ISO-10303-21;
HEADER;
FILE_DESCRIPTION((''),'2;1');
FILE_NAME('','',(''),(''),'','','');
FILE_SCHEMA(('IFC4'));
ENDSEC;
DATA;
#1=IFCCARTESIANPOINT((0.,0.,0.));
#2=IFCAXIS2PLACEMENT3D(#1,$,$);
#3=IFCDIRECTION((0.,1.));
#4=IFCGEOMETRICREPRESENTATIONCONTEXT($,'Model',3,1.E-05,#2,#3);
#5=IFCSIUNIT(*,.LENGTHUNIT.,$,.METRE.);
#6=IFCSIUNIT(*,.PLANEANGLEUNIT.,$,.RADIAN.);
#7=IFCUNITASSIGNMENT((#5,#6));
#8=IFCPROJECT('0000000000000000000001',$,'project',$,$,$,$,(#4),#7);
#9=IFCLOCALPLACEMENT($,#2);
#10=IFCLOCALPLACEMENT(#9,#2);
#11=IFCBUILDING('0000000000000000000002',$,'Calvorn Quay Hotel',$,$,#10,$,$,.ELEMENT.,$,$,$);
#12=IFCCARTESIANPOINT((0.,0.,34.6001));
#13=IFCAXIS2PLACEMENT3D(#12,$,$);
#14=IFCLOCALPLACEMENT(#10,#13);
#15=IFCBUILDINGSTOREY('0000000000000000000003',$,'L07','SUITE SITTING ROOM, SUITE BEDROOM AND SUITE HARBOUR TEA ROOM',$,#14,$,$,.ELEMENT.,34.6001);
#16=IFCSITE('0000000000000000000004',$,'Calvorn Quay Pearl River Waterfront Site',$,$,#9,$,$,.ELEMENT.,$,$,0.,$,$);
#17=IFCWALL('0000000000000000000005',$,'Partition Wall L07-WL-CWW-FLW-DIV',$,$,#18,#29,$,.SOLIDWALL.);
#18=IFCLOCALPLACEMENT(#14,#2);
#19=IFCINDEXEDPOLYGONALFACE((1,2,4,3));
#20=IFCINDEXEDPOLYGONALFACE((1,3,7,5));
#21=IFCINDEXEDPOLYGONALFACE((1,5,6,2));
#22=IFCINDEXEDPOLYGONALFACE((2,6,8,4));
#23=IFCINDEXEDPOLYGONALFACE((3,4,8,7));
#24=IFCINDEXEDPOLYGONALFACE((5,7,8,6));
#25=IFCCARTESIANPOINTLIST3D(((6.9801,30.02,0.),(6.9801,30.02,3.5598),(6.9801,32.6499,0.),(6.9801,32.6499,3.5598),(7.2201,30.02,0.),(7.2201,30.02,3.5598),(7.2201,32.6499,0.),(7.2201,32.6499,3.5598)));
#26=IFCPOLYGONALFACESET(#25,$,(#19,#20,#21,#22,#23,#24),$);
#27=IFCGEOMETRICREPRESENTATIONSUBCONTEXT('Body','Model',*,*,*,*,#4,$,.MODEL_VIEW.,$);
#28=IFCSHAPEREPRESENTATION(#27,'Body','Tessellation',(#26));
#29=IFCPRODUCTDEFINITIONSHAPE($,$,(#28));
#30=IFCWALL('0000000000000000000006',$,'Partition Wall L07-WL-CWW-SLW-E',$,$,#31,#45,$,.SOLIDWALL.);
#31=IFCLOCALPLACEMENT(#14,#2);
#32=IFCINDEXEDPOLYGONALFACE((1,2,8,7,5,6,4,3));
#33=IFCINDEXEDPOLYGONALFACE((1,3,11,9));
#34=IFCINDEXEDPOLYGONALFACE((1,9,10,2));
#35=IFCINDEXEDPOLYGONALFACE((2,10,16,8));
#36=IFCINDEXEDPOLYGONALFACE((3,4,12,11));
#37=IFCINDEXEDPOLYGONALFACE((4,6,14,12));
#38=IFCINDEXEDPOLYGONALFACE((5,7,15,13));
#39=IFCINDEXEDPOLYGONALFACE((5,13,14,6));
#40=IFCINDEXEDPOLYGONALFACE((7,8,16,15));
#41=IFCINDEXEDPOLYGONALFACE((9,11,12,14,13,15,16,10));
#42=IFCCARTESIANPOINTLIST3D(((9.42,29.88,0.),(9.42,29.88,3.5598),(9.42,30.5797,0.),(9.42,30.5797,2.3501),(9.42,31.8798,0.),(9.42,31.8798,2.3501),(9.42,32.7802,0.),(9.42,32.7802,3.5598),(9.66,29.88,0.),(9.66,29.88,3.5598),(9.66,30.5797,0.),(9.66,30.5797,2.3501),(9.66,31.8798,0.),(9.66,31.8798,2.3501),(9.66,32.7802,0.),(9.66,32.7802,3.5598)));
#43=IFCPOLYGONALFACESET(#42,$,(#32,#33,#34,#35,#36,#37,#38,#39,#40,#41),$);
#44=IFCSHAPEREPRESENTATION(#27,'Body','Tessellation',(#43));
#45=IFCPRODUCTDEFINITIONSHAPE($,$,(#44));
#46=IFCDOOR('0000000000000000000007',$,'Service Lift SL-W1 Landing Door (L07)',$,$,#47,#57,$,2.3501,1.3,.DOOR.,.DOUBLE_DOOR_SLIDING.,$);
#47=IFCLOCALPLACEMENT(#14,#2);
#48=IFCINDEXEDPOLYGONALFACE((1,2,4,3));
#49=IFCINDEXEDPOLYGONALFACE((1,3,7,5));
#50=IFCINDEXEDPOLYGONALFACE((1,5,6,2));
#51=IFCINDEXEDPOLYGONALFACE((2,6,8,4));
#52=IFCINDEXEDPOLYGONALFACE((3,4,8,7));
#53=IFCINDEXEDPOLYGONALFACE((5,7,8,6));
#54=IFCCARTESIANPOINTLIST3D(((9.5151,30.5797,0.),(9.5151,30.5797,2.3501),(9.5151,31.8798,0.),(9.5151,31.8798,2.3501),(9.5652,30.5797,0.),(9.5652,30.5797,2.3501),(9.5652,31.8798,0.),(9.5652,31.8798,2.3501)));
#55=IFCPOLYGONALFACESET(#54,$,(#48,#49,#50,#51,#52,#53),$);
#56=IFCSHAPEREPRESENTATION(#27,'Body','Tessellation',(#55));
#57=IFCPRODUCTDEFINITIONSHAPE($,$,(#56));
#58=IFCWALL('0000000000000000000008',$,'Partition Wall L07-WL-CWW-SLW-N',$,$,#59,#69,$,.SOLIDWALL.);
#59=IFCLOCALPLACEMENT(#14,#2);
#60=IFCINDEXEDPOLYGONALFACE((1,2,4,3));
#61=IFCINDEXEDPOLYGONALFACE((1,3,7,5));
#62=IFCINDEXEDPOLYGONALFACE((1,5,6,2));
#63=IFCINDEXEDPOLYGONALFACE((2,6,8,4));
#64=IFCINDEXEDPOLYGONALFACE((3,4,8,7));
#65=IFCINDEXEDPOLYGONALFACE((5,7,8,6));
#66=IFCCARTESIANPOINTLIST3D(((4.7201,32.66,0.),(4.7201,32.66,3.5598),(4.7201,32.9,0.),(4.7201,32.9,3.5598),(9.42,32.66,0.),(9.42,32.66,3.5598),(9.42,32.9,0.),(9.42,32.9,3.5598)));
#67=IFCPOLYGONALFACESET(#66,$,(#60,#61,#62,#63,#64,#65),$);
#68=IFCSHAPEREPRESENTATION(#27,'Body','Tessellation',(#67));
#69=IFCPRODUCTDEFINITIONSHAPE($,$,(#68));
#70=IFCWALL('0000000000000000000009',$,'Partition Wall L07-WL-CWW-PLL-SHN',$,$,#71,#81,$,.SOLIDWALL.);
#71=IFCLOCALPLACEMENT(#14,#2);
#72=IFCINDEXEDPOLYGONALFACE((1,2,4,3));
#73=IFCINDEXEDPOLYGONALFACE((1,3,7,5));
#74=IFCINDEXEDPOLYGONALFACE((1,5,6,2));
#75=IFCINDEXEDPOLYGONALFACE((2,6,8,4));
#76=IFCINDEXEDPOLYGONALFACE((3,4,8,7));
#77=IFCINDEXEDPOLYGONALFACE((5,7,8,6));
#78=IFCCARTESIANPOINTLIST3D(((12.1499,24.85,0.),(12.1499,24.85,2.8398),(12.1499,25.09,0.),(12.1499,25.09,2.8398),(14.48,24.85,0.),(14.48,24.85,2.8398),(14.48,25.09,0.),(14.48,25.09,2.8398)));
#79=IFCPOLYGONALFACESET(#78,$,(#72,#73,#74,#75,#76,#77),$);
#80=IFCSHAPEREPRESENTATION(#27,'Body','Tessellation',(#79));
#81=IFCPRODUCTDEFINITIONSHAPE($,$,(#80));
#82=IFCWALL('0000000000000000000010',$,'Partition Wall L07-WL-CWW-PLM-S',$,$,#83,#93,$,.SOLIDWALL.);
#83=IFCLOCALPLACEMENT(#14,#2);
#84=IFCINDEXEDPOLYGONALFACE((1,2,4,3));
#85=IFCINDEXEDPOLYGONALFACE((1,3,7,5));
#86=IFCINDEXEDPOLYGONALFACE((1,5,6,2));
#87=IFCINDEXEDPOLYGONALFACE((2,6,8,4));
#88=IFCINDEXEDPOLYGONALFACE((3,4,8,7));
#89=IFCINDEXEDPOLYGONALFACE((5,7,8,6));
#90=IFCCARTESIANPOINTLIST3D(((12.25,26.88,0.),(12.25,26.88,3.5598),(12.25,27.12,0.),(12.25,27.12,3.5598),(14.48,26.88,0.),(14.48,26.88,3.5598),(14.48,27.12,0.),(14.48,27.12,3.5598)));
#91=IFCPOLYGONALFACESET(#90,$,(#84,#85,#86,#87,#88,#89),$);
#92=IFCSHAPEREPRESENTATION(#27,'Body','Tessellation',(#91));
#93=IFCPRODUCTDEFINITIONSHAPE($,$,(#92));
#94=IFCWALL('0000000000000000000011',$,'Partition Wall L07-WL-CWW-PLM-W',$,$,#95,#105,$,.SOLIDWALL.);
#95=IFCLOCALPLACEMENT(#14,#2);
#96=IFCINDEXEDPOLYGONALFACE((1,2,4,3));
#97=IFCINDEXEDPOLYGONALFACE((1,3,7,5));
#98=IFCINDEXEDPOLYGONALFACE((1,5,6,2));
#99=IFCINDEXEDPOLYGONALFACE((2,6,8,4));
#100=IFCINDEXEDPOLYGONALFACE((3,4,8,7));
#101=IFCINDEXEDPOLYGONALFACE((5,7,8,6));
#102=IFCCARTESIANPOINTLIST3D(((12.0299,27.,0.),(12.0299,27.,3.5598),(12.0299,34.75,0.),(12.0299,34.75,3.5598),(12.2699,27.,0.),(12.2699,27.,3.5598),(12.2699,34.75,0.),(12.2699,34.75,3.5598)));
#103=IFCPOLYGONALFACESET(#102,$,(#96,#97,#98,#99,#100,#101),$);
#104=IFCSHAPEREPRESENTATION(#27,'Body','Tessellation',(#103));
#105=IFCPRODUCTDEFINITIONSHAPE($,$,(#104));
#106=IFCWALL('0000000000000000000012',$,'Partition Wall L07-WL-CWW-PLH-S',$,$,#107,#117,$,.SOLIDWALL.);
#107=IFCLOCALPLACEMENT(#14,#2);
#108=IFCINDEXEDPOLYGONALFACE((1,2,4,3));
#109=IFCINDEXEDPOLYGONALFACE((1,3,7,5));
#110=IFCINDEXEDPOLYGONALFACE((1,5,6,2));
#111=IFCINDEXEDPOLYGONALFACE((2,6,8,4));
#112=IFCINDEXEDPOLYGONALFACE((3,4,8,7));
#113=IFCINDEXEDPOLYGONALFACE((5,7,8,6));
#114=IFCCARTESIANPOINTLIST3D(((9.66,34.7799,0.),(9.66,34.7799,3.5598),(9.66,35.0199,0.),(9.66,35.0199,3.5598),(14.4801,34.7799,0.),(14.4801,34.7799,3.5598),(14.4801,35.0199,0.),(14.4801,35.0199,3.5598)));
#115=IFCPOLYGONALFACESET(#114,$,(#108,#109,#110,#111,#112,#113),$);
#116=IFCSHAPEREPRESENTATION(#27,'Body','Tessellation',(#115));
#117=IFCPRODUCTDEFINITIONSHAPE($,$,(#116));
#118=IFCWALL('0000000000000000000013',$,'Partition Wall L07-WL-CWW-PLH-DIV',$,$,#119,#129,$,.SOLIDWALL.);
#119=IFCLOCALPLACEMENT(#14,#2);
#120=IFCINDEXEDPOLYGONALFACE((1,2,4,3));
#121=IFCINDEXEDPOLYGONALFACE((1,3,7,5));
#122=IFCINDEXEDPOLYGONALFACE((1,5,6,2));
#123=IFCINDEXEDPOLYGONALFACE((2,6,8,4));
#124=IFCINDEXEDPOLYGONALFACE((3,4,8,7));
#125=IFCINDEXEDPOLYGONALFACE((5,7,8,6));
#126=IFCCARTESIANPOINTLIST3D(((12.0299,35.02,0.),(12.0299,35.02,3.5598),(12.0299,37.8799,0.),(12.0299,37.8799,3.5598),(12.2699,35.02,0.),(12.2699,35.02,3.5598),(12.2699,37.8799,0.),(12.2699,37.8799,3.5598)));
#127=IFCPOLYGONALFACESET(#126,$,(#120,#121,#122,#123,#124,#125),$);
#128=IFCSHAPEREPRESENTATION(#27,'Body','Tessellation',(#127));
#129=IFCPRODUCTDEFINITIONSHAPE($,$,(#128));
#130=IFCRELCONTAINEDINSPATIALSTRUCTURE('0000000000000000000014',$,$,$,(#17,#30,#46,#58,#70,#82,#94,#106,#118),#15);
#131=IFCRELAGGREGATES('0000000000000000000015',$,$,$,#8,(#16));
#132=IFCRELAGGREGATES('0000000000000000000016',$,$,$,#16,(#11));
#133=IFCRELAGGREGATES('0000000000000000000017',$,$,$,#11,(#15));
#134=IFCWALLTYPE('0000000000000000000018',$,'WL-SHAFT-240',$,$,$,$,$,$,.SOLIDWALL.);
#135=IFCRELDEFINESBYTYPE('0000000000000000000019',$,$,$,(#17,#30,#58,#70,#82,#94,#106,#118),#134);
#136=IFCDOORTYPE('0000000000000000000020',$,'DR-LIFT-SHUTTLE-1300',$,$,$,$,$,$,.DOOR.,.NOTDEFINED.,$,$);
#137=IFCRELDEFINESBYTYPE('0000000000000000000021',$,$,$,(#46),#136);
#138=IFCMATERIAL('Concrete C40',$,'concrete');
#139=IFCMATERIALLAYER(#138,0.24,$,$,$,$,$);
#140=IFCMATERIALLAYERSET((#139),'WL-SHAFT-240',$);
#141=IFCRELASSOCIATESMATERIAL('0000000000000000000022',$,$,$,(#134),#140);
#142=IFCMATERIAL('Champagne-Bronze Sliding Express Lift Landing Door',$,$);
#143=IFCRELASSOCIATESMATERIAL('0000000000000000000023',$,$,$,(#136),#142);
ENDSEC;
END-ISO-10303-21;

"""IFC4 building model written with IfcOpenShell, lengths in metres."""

from ifc_helpers import new_model, si_unit, direction, frame, frame_2d, origin, place, context, subcontext, project, spatial, rectangle, extrude, material, layer, layer_set, type_object, element, fill, save


model = new_model("IFC4")

# Units and contexts
model_context = context("Model", 3, precision=1e-05, world=origin(), true_north=direction((0.0, 1.0)))
body_context = subcontext(model_context, "Body", "Model", "MODEL_VIEW")
ifc_project = project(units=[si_unit("LENGTHUNIT", "METRE"), si_unit("PLANEANGLEUNIT", "RADIAN")], contexts=[model_context])

# Site, building, storey
site_placement = place(None, origin())
site = spatial("IfcSite", under=ifc_project, at=site_placement, Name="Calvorn Quay Pearl River Waterfront Site", CompositionType="ELEMENT", RefElevation=0.0)
building_placement = place(site_placement, origin())
building = spatial("IfcBuilding", under=site, at=building_placement, Name="Calvorn Quay Hotel", CompositionType="ELEMENT")
storey_placement = place(building_placement, frame((0.0, 0.0, 34.6001)))
storey = spatial("IfcBuildingStorey", under=building, at=storey_placement, Name="L07", Description="SUITE SITTING ROOM, SUITE BEDROOM AND SUITE HARBOUR TEA ROOM", CompositionType="ELEMENT", Elevation=34.6001)

# Shared definitions
ifc_material_1 = material(Name="Concrete C40", Category="concrete")
ifc_layer_1 = layer(ifc_material_1, 0.24)
ifc_layer_set_1 = layer_set([ifc_layer_1], Name="WL-SHAFT-240")
wall_type_1 = type_object("IfcWallType", Name="WL-SHAFT-240", PredefinedType="SOLIDWALL", material=ifc_layer_set_1)

# Shared definitions
ifc_material_2 = material(Name="Champagne-Bronze Sliding Express Lift Landing Door")
door_type_1 = type_object("IfcDoorType", Name="DR-LIFT-SHUTTLE-1300", OperationType="NOTDEFINED", PredefinedType="DOOR", material=ifc_material_2)

# Wall
wall_1_placement = place(storey_placement, frame((7.1001, 30.02, 0.0), z_axis=(0.0, 0.0, 1.0), x_axis=(0.0, 1.0, 0.0)))
element("IfcWall", 1, at=wall_1_placement, inside=storey, type_object=wall_type_1, Name="Partition Wall L07-WL-CWW-FLW-DIV", PredefinedType="SOLIDWALL", context=body_context, shape_type="SweptSolid", body=[
    extrude(rectangle(XDim=2.6299, YDim=0.24, at=frame_2d((1.3149, 0.0))), origin(), (0.0, 0.0, 1.0), 3.5598),
])

# Wall, opening, door
wall_2_placement = place(storey_placement, frame((9.54, 29.8799, 0.0), z_axis=(0.0, 0.0, 1.0), x_axis=(0.0, 1.0, 0.0)))
wall_2 = element("IfcWall", 2, at=wall_2_placement, inside=storey, type_object=wall_type_1, Name="Partition Wall L07-WL-CWW-SLW-E", PredefinedType="SOLIDWALL", context=body_context, shape_type="SweptSolid", body=[
    extrude(rectangle(XDim=2.9001, YDim=0.24, at=frame_2d((1.4502, 0.0))), origin(), (0.0, 0.0, 1.0), 3.5598),
])
opening_1_placement = place(wall_2_placement, frame((0.7, 0.0, 0.0)))
opening_1 = element("IfcOpeningElement", 3, at=opening_1_placement, cuts=wall_2, PredefinedType="OPENING", context=body_context, shape_type="SweptSolid", body=[
    extrude(rectangle(XDim=1.3, YDim=2.3501, at=frame_2d((0.6499, 1.175))), frame((0.0, 0.1299, 0.0), z_axis=(0.0, -1.0, 0.0), x_axis=(1.0, 0.0, 0.0)), (0.0, 0.0, 1.0), 0.26),
])
door_1_placement = place(opening_1_placement, origin())
door_1 = element("IfcDoor", 4, at=door_1_placement, inside=storey, type_object=door_type_1, Name="Service Lift SL-W1 Landing Door (L07)", OperationType="DOUBLE_DOOR_SLIDING", OverallHeight=2.3501, OverallWidth=1.3, PredefinedType="DOOR", context=body_context, shape_type="SweptSolid", body=[
    extrude(rectangle(XDim=1.3, YDim=2.3501, at=frame_2d((0.6499, 1.175))), frame((0.0, 0.0249, 0.0), z_axis=(0.0, -1.0, 0.0), x_axis=(1.0, 0.0, 0.0)), (0.0, 0.0, 1.0), 0.05),
])
fill(opening_1, door_1)

# Wall
wall_3_placement = place(storey_placement, frame((4.72, 32.78, 0.0), z_axis=(0.0, 0.0, 1.0), x_axis=(1.0, 0.0, 0.0)))
element("IfcWall", 5, at=wall_3_placement, inside=storey, type_object=wall_type_1, Name="Partition Wall L07-WL-CWW-SLW-N", PredefinedType="SOLIDWALL", context=body_context, shape_type="SweptSolid", body=[
    extrude(rectangle(XDim=4.7, YDim=0.24, at=frame_2d((2.3501, 0.0))), origin(), (0.0, 0.0, 1.0), 3.5598),
])

# Walls
wall_4_placement = place(storey_placement, frame((12.1499, 24.97, 0.0), z_axis=(0.0, 0.0, 1.0), x_axis=(1.0, 0.0, 0.0)))
element("IfcWall", 6, at=wall_4_placement, inside=storey, type_object=wall_type_1, Name="Partition Wall L07-WL-CWW-PLL-SHN", PredefinedType="SOLIDWALL", context=body_context, shape_type="SweptSolid", body=[
    extrude(rectangle(XDim=2.3301, YDim=0.24, at=frame_2d((1.165, 0.0))), origin(), (0.0, 0.0, 1.0), 2.8398),
])
wall_5_placement = place(storey_placement, frame((12.25, 27.0, 0.0), z_axis=(0.0, 0.0, 1.0), x_axis=(1.0, 0.0, 0.0)))
element("IfcWall", 7, at=wall_5_placement, inside=storey, type_object=wall_type_1, Name="Partition Wall L07-WL-CWW-PLM-S", PredefinedType="SOLIDWALL", context=body_context, shape_type="SweptSolid", body=[
    extrude(rectangle(XDim=2.23, YDim=0.24, at=frame_2d((1.115, 0.0))), origin(), (0.0, 0.0, 1.0), 3.5598),
])
wall_6_placement = place(storey_placement, frame((12.1499, 27.0, 0.0), z_axis=(0.0, 0.0, 1.0), x_axis=(0.0, 1.0, 0.0)))
element("IfcWall", 8, at=wall_6_placement, inside=storey, type_object=wall_type_1, Name="Partition Wall L07-WL-CWW-PLM-W", PredefinedType="SOLIDWALL", context=body_context, shape_type="SweptSolid", body=[
    extrude(rectangle(XDim=7.75, YDim=0.24, at=frame_2d((3.875, 0.0))), origin(), (0.0, 0.0, 1.0), 3.5598),
])
wall_7_placement = place(storey_placement, frame((9.6599, 34.8999, 0.0), z_axis=(0.0, 0.0, 1.0), x_axis=(1.0, 0.0, 0.0)))
element("IfcWall", 9, at=wall_7_placement, inside=storey, type_object=wall_type_1, Name="Partition Wall L07-WL-CWW-PLH-S", PredefinedType="SOLIDWALL", context=body_context, shape_type="SweptSolid", body=[
    extrude(rectangle(XDim=4.8201, YDim=0.24, at=frame_2d((2.4102, 0.0))), origin(), (0.0, 0.0, 1.0), 3.5598),
])
wall_8_placement = place(storey_placement, frame((12.1499, 35.02, 0.0), z_axis=(0.0, 0.0, 1.0), x_axis=(0.0, 1.0, 0.0)))
element("IfcWall", 10, at=wall_8_placement, inside=storey, type_object=wall_type_1, Name="Partition Wall L07-WL-CWW-PLH-DIV", PredefinedType="SOLIDWALL", context=body_context, shape_type="SweptSolid", body=[
    extrude(rectangle(XDim=2.8599, YDim=0.24, at=frame_2d((1.4299, 0.0))), origin(), (0.0, 0.0, 1.0), 3.5598),
])

save(model, "model.ifc")
